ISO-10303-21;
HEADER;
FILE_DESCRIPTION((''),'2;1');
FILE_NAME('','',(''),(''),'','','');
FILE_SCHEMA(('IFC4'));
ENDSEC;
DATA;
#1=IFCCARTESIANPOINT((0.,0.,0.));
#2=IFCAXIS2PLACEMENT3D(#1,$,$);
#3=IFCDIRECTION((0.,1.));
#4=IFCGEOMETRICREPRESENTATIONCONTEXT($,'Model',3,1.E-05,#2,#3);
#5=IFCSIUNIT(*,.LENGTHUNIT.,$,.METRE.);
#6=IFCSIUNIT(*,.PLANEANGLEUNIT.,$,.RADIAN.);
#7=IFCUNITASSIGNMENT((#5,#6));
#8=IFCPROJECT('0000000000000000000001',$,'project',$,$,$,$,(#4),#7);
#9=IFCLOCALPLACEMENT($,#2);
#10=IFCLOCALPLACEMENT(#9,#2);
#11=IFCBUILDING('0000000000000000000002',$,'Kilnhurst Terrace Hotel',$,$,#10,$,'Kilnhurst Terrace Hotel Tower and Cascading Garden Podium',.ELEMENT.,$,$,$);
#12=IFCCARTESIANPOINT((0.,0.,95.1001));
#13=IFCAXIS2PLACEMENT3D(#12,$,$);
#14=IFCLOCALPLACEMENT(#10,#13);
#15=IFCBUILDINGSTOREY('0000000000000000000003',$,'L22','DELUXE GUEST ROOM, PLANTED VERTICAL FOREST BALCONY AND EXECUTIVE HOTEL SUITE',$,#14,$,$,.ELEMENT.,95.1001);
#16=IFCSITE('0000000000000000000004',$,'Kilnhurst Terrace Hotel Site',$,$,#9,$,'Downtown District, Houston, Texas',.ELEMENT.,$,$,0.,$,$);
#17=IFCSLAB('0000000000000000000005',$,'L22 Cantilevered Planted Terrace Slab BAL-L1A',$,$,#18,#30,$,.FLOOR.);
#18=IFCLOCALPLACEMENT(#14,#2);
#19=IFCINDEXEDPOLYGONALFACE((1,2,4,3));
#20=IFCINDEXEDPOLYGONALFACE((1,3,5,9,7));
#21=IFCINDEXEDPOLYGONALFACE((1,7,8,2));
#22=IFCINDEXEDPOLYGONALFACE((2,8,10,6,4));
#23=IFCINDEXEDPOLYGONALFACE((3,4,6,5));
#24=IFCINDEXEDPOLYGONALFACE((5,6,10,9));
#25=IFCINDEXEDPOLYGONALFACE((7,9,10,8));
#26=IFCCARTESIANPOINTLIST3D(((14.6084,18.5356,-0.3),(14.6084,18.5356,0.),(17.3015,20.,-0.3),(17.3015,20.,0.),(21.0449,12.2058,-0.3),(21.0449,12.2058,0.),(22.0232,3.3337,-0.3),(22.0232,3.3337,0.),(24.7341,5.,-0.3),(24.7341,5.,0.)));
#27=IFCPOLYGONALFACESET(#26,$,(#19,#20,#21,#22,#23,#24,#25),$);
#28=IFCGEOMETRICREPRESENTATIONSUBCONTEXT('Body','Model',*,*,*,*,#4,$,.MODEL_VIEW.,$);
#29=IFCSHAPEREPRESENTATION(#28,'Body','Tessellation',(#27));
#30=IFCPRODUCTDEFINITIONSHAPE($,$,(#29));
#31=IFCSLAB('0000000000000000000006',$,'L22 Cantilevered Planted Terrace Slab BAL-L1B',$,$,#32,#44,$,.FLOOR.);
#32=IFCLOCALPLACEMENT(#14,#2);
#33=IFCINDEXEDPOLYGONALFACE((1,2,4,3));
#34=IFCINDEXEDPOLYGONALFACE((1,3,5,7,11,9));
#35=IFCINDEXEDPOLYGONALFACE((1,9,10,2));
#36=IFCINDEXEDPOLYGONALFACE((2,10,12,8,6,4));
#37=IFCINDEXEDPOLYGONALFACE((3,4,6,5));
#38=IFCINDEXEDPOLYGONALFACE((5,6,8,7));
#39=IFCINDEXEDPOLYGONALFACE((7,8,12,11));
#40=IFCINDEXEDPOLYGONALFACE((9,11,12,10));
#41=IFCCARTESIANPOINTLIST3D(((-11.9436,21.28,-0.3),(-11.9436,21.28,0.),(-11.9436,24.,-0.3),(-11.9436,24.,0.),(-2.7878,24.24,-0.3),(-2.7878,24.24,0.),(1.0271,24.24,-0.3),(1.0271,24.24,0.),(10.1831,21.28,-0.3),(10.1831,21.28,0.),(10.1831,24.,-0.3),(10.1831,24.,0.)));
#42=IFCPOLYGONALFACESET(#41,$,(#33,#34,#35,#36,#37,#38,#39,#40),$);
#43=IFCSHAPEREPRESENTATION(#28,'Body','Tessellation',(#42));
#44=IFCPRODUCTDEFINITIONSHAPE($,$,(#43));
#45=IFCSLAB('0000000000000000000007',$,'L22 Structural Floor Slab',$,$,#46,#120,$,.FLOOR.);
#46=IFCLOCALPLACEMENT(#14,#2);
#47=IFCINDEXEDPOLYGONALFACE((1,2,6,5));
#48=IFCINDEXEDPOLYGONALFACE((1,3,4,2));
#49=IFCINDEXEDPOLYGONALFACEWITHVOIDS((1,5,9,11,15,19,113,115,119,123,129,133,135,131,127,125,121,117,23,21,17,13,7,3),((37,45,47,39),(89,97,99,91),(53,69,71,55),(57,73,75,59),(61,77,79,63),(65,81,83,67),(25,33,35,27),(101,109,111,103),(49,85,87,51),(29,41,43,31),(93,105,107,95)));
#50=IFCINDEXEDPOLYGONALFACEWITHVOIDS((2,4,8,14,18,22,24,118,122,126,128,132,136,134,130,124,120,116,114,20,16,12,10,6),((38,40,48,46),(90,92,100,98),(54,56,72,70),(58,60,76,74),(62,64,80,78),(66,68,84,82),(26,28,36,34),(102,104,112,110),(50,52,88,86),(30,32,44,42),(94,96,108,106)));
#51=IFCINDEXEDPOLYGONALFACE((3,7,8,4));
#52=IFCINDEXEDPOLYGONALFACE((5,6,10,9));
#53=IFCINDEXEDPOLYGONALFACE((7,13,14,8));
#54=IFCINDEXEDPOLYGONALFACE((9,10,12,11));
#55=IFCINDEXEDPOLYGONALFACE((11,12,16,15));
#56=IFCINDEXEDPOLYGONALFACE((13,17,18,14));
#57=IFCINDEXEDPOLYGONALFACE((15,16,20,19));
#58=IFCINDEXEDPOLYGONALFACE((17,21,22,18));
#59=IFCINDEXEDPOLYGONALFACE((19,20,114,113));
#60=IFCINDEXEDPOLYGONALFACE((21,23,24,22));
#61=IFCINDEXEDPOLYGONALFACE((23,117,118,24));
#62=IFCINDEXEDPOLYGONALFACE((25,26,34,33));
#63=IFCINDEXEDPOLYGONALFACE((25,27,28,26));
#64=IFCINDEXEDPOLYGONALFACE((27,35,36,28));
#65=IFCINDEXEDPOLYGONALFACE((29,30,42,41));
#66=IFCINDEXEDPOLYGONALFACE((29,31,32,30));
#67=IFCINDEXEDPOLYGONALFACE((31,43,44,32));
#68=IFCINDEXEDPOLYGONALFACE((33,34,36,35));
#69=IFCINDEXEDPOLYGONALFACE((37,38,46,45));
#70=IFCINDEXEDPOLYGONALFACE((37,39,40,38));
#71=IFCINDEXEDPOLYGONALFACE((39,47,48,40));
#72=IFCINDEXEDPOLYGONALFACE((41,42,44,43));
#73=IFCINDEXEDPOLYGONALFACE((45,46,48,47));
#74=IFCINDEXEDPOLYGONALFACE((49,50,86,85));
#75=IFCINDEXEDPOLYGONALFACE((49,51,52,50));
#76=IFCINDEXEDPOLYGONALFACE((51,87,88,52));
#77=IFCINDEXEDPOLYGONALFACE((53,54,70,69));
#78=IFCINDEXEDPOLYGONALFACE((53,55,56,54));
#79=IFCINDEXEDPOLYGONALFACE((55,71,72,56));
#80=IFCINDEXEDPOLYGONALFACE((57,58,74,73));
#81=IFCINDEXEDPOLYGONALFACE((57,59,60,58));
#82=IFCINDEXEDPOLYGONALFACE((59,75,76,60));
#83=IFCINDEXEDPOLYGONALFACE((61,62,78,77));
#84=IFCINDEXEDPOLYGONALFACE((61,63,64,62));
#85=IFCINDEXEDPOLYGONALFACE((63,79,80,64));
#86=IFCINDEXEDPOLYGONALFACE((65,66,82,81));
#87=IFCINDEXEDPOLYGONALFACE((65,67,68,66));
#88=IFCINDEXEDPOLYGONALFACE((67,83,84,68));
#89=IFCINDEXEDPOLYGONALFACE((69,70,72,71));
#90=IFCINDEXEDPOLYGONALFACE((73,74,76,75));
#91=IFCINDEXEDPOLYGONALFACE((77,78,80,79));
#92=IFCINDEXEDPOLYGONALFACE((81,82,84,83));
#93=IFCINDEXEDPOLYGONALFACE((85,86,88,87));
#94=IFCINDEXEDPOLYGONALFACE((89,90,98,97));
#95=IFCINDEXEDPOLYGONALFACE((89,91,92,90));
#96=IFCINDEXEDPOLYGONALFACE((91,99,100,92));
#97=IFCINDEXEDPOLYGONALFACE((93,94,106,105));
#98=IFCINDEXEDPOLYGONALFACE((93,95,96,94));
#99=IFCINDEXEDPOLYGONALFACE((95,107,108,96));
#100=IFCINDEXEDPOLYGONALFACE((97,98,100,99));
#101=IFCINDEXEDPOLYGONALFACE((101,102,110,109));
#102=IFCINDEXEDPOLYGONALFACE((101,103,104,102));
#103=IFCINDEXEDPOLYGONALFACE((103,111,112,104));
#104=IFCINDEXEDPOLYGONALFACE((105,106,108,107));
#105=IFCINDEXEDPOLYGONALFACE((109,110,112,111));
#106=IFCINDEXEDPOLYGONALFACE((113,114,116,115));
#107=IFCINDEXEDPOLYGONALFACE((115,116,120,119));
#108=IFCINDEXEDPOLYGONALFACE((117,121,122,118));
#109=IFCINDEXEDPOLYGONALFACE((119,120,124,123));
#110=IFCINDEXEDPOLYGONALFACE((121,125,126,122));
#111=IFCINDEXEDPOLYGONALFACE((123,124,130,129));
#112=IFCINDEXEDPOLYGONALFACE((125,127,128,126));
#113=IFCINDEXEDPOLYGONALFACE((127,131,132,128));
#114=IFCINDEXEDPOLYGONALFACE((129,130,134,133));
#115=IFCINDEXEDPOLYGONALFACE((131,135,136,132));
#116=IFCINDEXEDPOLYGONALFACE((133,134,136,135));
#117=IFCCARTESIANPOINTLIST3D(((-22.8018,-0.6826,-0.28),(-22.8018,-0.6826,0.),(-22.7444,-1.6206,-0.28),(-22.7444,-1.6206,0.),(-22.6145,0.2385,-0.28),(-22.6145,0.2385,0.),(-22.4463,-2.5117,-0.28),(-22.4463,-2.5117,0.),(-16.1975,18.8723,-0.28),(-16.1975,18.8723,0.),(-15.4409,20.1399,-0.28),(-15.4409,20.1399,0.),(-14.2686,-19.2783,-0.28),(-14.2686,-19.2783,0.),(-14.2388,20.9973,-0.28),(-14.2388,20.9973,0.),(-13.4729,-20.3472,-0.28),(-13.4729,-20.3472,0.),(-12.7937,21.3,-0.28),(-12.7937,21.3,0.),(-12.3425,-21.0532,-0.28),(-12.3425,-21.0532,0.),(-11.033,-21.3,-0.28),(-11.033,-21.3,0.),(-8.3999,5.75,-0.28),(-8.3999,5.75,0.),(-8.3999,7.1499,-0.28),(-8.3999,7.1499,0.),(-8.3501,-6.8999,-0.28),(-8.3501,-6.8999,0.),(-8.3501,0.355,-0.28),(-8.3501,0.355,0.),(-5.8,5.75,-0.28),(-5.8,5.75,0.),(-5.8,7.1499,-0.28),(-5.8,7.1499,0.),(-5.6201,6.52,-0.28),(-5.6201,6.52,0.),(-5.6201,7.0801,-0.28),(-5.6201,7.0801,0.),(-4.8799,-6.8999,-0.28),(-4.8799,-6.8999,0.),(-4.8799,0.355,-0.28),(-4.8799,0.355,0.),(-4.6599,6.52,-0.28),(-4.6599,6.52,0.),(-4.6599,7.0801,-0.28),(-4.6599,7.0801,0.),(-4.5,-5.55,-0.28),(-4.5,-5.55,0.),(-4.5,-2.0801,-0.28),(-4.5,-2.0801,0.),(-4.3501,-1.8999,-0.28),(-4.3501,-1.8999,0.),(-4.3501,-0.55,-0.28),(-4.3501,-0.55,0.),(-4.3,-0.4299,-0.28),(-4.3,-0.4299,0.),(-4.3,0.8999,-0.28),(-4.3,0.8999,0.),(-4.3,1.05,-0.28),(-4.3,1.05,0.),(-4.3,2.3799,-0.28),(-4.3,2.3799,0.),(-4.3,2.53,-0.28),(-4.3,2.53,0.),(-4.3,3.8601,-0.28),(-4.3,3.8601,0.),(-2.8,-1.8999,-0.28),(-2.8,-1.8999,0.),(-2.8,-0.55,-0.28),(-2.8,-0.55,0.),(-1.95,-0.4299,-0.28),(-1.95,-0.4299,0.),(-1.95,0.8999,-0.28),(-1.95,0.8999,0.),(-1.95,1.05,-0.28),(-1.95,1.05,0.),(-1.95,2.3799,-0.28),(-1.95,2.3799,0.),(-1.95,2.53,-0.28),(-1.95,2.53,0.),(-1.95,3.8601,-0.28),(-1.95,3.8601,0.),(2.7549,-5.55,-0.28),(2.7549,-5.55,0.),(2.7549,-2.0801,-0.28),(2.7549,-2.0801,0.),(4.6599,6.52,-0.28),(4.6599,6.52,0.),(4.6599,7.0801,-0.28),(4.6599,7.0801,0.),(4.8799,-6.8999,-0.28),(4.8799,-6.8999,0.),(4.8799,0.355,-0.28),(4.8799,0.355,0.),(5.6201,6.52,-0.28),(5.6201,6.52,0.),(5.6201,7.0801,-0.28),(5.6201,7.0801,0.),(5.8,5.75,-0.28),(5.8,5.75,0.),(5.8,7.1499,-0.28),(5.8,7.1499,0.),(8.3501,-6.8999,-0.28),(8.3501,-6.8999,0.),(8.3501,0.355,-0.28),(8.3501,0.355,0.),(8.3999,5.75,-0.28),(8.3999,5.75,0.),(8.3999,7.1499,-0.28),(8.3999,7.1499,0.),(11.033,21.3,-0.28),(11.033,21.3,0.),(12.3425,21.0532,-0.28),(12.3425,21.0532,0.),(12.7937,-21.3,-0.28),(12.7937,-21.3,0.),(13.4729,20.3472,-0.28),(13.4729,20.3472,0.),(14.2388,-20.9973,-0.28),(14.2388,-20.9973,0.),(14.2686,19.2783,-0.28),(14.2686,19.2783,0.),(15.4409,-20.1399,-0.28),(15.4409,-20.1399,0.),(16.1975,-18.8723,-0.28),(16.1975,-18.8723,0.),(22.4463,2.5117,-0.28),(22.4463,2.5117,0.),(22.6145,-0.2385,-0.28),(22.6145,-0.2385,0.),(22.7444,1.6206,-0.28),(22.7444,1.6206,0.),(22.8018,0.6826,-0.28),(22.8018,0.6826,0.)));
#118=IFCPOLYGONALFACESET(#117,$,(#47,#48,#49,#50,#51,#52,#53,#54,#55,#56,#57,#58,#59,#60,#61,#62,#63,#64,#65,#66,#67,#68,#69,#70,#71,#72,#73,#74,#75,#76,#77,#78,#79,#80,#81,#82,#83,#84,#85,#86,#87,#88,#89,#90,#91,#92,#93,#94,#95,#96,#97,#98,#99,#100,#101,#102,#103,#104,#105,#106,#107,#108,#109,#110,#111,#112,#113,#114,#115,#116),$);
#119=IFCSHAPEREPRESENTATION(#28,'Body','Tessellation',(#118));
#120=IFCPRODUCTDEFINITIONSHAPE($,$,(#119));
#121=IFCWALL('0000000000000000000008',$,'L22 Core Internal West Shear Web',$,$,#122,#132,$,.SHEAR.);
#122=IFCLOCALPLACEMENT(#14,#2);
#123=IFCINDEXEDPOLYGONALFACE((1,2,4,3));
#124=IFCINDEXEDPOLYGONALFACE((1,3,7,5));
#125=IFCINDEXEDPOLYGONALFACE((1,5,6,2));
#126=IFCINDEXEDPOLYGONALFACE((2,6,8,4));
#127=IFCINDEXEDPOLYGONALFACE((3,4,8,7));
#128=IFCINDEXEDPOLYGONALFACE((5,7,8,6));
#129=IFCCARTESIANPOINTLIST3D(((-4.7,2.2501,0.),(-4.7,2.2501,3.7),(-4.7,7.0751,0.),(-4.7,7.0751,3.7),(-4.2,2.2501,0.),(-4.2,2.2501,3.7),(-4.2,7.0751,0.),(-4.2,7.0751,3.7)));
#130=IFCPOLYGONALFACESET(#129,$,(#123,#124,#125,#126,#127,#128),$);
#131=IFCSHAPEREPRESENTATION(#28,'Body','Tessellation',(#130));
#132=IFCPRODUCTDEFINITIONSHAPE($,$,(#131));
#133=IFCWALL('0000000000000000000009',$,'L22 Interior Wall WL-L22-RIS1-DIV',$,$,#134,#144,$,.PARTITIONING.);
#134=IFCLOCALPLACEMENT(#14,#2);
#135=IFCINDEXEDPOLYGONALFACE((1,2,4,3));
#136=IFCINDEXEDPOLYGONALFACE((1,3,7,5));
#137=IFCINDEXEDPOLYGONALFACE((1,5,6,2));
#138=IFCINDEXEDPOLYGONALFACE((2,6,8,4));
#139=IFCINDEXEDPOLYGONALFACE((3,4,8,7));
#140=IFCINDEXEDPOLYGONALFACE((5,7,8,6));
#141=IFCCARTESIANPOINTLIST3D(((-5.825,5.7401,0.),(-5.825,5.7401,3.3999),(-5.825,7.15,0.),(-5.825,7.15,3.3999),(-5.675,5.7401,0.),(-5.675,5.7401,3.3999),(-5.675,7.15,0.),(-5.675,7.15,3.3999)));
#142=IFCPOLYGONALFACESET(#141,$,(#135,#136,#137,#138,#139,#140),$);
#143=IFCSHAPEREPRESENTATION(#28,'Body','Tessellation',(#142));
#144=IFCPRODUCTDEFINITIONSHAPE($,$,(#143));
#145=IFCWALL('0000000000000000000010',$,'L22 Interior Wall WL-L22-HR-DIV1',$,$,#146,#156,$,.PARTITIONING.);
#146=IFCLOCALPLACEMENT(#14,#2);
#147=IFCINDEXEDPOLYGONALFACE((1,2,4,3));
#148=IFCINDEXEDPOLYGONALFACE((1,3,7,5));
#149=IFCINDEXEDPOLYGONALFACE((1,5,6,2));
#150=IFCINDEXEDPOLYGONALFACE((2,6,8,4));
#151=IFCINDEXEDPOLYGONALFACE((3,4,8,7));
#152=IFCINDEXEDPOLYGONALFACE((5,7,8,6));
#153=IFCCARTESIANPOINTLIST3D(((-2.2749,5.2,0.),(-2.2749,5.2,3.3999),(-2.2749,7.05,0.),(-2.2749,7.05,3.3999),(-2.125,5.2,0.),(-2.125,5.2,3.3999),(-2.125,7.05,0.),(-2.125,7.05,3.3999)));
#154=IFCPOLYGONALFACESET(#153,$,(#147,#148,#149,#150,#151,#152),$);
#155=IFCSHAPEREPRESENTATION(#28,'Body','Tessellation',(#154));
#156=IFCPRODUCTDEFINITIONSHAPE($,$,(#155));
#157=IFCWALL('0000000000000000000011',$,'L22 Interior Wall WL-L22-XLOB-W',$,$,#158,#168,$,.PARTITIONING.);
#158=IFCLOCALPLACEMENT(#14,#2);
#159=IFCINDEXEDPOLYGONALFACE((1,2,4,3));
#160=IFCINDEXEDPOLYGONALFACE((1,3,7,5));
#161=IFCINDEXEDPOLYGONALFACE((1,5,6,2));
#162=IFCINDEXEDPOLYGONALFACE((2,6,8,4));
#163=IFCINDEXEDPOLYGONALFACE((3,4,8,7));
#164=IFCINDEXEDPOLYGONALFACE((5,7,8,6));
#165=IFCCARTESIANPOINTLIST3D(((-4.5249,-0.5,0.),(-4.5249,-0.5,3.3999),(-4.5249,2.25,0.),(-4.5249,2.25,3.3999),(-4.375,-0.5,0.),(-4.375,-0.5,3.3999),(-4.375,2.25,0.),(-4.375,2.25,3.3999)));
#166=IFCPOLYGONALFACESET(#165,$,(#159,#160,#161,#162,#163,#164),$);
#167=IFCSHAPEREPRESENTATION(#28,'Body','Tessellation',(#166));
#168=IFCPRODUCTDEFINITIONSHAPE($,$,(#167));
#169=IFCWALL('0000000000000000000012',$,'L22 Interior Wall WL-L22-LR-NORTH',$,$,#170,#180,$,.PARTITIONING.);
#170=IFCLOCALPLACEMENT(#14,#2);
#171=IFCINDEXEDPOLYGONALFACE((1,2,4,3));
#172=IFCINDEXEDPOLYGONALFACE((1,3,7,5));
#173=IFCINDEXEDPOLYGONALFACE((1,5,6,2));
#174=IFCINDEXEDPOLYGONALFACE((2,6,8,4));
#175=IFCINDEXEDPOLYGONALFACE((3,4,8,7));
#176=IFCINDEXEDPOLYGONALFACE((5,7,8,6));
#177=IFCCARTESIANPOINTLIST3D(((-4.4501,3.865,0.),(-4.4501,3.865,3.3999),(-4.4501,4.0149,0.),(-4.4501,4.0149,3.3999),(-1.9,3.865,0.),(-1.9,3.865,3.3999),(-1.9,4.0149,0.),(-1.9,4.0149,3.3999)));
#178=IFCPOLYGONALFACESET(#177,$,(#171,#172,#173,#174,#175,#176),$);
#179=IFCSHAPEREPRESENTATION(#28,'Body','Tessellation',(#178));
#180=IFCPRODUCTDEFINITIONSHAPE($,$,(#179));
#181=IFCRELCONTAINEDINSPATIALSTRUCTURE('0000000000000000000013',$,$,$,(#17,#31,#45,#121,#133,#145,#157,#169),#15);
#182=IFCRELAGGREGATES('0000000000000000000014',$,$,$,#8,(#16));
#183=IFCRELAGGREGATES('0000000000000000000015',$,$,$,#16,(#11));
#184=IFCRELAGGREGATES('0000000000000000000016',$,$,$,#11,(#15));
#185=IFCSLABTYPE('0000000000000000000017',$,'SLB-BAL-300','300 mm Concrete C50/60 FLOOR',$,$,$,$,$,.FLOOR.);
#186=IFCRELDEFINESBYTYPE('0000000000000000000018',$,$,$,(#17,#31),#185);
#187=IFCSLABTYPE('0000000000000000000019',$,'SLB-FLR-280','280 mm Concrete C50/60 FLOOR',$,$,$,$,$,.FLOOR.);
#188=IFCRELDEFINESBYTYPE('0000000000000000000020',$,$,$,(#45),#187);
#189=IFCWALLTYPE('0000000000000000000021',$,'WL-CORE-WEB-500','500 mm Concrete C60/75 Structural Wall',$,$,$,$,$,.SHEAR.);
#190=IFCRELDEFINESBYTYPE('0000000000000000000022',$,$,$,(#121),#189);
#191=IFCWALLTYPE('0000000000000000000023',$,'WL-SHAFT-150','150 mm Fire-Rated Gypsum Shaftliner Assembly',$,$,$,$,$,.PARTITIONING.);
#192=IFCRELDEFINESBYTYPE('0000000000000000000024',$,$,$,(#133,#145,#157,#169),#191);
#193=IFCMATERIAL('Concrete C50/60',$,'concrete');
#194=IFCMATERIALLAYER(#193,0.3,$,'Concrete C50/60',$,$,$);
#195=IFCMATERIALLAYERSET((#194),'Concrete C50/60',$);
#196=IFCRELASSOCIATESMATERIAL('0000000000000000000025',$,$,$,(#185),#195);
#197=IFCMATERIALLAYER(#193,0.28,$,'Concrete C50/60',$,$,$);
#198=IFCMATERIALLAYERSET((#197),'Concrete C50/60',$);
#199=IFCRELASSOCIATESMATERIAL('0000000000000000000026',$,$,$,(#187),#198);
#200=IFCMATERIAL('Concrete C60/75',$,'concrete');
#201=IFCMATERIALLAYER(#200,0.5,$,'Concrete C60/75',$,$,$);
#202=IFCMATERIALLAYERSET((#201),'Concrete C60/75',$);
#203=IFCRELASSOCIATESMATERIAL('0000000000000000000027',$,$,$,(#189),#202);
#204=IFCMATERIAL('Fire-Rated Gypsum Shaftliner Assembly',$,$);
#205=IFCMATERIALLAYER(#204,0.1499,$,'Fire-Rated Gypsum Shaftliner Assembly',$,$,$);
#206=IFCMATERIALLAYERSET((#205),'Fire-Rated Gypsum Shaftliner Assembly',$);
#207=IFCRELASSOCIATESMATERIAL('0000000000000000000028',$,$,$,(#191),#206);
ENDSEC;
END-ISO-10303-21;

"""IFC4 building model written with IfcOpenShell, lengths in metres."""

from ifc_helpers import new_model, si_unit, direction, frame, frame_2d, origin, place, context, subcontext, project, spatial, polyline, rectangle, outline, extrude, material, layer, layer_set, type_object, element, save


model = new_model("IFC4")

# Units and contexts
model_context = context("Model", 3, precision=1e-05, world=origin(), true_north=direction((0.0, 1.0)))
body_context = subcontext(model_context, "Body", "Model", "MODEL_VIEW")
ifc_project = project(units=[si_unit("LENGTHUNIT", "METRE"), si_unit("PLANEANGLEUNIT", "RADIAN")], contexts=[model_context])

# Site, building, storey
site_placement = place(None, origin())
site = spatial("IfcSite", under=ifc_project, at=site_placement, Name="Kilnhurst Terrace Hotel Site", LongName="Downtown District, Houston, Texas", CompositionType="ELEMENT", RefElevation=0.0)
building_placement = place(site_placement, origin())
building = spatial("IfcBuilding", under=site, at=building_placement, Name="Kilnhurst Terrace Hotel", LongName="Kilnhurst Terrace Hotel Tower and Cascading Garden Podium", CompositionType="ELEMENT")
storey_placement = place(building_placement, frame((0.0, 0.0, 95.1001)))
storey = spatial("IfcBuildingStorey", under=building, at=storey_placement, Name="L22", Description="DELUXE GUEST ROOM, PLANTED VERTICAL FOREST BALCONY AND EXECUTIVE HOTEL SUITE", CompositionType="ELEMENT", Elevation=95.1001)

# Slabs
ifc_material_1 = material(Name="Concrete C50/60", Category="concrete")
ifc_layer_1 = layer(ifc_material_1, 0.3, Name="Concrete C50/60")
ifc_layer_set_1 = layer_set([ifc_layer_1], Name="Concrete C50/60")
slab_type_1 = type_object("IfcSlabType", Name="SLB-BAL-300", Description="300 mm Concrete C50/60 FLOOR", PredefinedType="FLOOR", material=ifc_layer_set_1)
slab_1_placement = place(storey_placement, frame((0.0, 0.0, -0.3)))
element("IfcSlab", 1, at=slab_1_placement, inside=storey, type_object=slab_type_1, Name="L22 Cantilevered Planted Terrace Slab BAL-L1A", PredefinedType="FLOOR", context=body_context, shape_type="SweptSolid", body=[
    extrude(outline(polyline([(21.0449, 12.2058), (24.7341, 5.0), (22.0232, 3.3337), (14.6084, 18.5356), (17.3015, 20.0), (21.0449, 12.2058)])), origin(), (0.0, 0.0, 1.0), 0.3),
])
slab_2_placement = place(storey_placement, frame((0.0, 0.0, -0.3)))
element("IfcSlab", 2, at=slab_2_placement, inside=storey, type_object=slab_type_1, Name="L22 Cantilevered Planted Terrace Slab BAL-L1B", PredefinedType="FLOOR", context=body_context, shape_type="SweptSolid", body=[
    extrude(outline(polyline([(1.0271, 24.24), (10.1831, 24.0), (10.1831, 21.28), (-11.9436, 21.28), (-11.9436, 24.0), (-2.7878, 24.24), (1.0271, 24.24)])), origin(), (0.0, 0.0, 1.0), 0.3),
])
ifc_layer_2 = layer(ifc_material_1, 0.28, Name="Concrete C50/60")
ifc_layer_set_2 = layer_set([ifc_layer_2], Name="Concrete C50/60")
slab_type_2 = type_object("IfcSlabType", Name="SLB-FLR-280", Description="280 mm Concrete C50/60 FLOOR", PredefinedType="FLOOR", material=ifc_layer_set_2)
slab_3_placement = place(storey_placement, frame((0.0, 0.0, -0.28)))
element("IfcSlab", 3, at=slab_3_placement, inside=storey, type_object=slab_type_2, Name="L22 Structural Floor Slab", PredefinedType="FLOOR", context=body_context, shape_type="SweptSolid", body=[
    extrude(outline(polyline([(-14.2686, -19.2783), (-13.4729, -20.3472), (-12.3425, -21.0532), (-11.033, -21.3), (12.7937, -21.3), (14.2388, -20.9973), (15.4409, -20.1399), (16.1975, -18.8723), (22.6145, -0.2385), (22.8018, 0.6826), (22.7444, 1.6206), (22.4463, 2.5117), (14.2686, 19.2783), (13.4729, 20.3472), (12.3425, 21.0532), (11.033, 21.3), (-12.7937, 21.3), (-14.2388, 20.9973), (-15.4409, 20.1399), (-16.1975, 18.8723), (-22.6145, 0.2385), (-22.8018, -0.6826), (-22.7444, -1.6206), (-22.4463, -2.5117), (-14.2686, -19.2783)]), holes=[polyline([(-8.3501, 0.355), (-4.8799, 0.355), (-4.8799, -6.8999), (-8.3501, -6.8999), (-8.3501, 0.355)]), polyline([(-2.8, -1.8999), (-4.3501, -1.8999), (-4.3501, -0.55), (-2.8, -0.55), (-2.8, -1.8999)]), polyline([(-1.95, -0.4299), (-4.3, -0.4299), (-4.3, 0.8999), (-1.95, 0.8999), (-1.95, -0.4299)]), polyline([(-4.3, 1.05), (-4.3, 2.3799), (-1.95, 2.3799), (-1.95, 1.05), (-4.3, 1.05)]), polyline([(-8.3999, 5.75), (-8.3999, 7.1499), (-5.8, 7.1499), (-5.8, 5.75), (-8.3999, 5.75)]), polyline([(-4.6599, 6.52), (-5.6201, 6.52), (-5.6201, 7.0801), (-4.6599, 7.0801), (-4.6599, 6.52)]), polyline([(2.7549, -5.55), (-4.5, -5.55), (-4.5, -2.0801), (2.7549, -2.0801), (2.7549, -5.55)]), polyline([(8.3501, 0.355), (8.3501, -6.8999), (4.8799, -6.8999), (4.8799, 0.355), (8.3501, 0.355)]), polyline([(-1.95, 2.53), (-4.3, 2.53), (-4.3, 3.8601), (-1.95, 3.8601), (-1.95, 2.53)]), polyline([(5.8, 5.75), (5.8, 7.1499), (8.3999, 7.1499), (8.3999, 5.75), (5.8, 5.75)]), polyline([(4.6599, 6.52), (4.6599, 7.0801), (5.6201, 7.0801), (5.6201, 6.52), (4.6599, 6.52)])]), origin(), (0.0, 0.0, 1.0), 0.28),
])

# Walls
ifc_material_2 = material(Name="Concrete C60/75", Category="concrete")
ifc_layer_3 = layer(ifc_material_2, 0.5, Name="Concrete C60/75")
ifc_layer_set_3 = layer_set([ifc_layer_3], Name="Concrete C60/75")
wall_type_1 = type_object("IfcWallType", Name="WL-CORE-WEB-500", Description="500 mm Concrete C60/75 Structural Wall", PredefinedType="SHEAR", material=ifc_layer_set_3)
wall_1_placement = place(storey_placement, frame((-4.45, 2.25, 0.0), z_axis=(0.0, 0.0, 1.0), x_axis=(0.0, 1.0, 0.0)))
element("IfcWall", 4, at=wall_1_placement, inside=storey, type_object=wall_type_1, Name="L22 Core Internal West Shear Web", PredefinedType="SHEAR", context=body_context, shape_type="SweptSolid", body=[
    extrude(rectangle(XDim=4.825, YDim=0.5, at=frame_2d((2.4126, 0.0))), origin(), (0.0, 0.0, 1.0), 3.7),
])
ifc_material_3 = material(Name="Fire-Rated Gypsum Shaftliner Assembly")
ifc_layer_4 = layer(ifc_material_3, 0.1499, Name="Fire-Rated Gypsum Shaftliner Assembly")
ifc_layer_set_4 = layer_set([ifc_layer_4], Name="Fire-Rated Gypsum Shaftliner Assembly")
wall_type_2 = type_object("IfcWallType", Name="WL-SHAFT-150", Description="150 mm Fire-Rated Gypsum Shaftliner Assembly", PredefinedType="PARTITIONING", material=ifc_layer_set_4)
wall_2_placement = place(storey_placement, frame((-5.75, 5.74, 0.0), z_axis=(0.0, 0.0, 1.0), x_axis=(0.0, 1.0, 0.0)))
element("IfcWall", 5, at=wall_2_placement, inside=storey, type_object=wall_type_2, Name="L22 Interior Wall WL-L22-RIS1-DIV", PredefinedType="PARTITIONING", context=body_context, shape_type="SweptSolid", body=[
    extrude(rectangle(XDim=1.4099, YDim=0.1499, at=frame_2d((0.7051, 0.0))), origin(), (0.0, 0.0, 1.0), 3.3999),
])
wall_3_placement = place(storey_placement, frame((-2.2, 5.2, 0.0), z_axis=(0.0, 0.0, 1.0), x_axis=(0.0, 1.0, 0.0)))
element("IfcWall", 6, at=wall_3_placement, inside=storey, type_object=wall_type_2, Name="L22 Interior Wall WL-L22-HR-DIV1", PredefinedType="PARTITIONING", context=body_context, shape_type="SweptSolid", body=[
    extrude(rectangle(XDim=1.8501, YDim=0.1499, at=frame_2d((0.925, 0.0))), origin(), (0.0, 0.0, 1.0), 3.3999),
])
wall_4_placement = place(storey_placement, frame((-4.45, -0.5, 0.0), z_axis=(0.0, 0.0, 1.0), x_axis=(0.0, 1.0, 0.0)))
element("IfcWall", 7, at=wall_4_placement, inside=storey, type_object=wall_type_2, Name="L22 Interior Wall WL-L22-XLOB-W", PredefinedType="PARTITIONING", context=body_context, shape_type="SweptSolid", body=[
    extrude(rectangle(XDim=2.75, YDim=0.1499, at=frame_2d((1.375, 0.0))), origin(), (0.0, 0.0, 1.0), 3.3999),
])
for number, where, z_axis, x_axis, name in (
    (8, (-4.45, 3.9399, 0.0), (0.0, 0.0, 1.0), (1.0, 0.0, 0.0), "L22 Interior Wall WL-L22-LR-NORTH"),
):
    element("IfcWall", number, at=place(storey_placement, frame(where, z_axis=z_axis, x_axis=x_axis)), inside=storey, type_object=wall_type_2, Name=name, PredefinedType="PARTITIONING", context=body_context, shape_type="SweptSolid", body=[
        extrude(rectangle(XDim=2.55, YDim=0.1499, at=frame_2d((1.2749, 0.0))), origin(), (0.0, 0.0, 1.0), 3.3999),
    ])

save(model, "model.ifc")
